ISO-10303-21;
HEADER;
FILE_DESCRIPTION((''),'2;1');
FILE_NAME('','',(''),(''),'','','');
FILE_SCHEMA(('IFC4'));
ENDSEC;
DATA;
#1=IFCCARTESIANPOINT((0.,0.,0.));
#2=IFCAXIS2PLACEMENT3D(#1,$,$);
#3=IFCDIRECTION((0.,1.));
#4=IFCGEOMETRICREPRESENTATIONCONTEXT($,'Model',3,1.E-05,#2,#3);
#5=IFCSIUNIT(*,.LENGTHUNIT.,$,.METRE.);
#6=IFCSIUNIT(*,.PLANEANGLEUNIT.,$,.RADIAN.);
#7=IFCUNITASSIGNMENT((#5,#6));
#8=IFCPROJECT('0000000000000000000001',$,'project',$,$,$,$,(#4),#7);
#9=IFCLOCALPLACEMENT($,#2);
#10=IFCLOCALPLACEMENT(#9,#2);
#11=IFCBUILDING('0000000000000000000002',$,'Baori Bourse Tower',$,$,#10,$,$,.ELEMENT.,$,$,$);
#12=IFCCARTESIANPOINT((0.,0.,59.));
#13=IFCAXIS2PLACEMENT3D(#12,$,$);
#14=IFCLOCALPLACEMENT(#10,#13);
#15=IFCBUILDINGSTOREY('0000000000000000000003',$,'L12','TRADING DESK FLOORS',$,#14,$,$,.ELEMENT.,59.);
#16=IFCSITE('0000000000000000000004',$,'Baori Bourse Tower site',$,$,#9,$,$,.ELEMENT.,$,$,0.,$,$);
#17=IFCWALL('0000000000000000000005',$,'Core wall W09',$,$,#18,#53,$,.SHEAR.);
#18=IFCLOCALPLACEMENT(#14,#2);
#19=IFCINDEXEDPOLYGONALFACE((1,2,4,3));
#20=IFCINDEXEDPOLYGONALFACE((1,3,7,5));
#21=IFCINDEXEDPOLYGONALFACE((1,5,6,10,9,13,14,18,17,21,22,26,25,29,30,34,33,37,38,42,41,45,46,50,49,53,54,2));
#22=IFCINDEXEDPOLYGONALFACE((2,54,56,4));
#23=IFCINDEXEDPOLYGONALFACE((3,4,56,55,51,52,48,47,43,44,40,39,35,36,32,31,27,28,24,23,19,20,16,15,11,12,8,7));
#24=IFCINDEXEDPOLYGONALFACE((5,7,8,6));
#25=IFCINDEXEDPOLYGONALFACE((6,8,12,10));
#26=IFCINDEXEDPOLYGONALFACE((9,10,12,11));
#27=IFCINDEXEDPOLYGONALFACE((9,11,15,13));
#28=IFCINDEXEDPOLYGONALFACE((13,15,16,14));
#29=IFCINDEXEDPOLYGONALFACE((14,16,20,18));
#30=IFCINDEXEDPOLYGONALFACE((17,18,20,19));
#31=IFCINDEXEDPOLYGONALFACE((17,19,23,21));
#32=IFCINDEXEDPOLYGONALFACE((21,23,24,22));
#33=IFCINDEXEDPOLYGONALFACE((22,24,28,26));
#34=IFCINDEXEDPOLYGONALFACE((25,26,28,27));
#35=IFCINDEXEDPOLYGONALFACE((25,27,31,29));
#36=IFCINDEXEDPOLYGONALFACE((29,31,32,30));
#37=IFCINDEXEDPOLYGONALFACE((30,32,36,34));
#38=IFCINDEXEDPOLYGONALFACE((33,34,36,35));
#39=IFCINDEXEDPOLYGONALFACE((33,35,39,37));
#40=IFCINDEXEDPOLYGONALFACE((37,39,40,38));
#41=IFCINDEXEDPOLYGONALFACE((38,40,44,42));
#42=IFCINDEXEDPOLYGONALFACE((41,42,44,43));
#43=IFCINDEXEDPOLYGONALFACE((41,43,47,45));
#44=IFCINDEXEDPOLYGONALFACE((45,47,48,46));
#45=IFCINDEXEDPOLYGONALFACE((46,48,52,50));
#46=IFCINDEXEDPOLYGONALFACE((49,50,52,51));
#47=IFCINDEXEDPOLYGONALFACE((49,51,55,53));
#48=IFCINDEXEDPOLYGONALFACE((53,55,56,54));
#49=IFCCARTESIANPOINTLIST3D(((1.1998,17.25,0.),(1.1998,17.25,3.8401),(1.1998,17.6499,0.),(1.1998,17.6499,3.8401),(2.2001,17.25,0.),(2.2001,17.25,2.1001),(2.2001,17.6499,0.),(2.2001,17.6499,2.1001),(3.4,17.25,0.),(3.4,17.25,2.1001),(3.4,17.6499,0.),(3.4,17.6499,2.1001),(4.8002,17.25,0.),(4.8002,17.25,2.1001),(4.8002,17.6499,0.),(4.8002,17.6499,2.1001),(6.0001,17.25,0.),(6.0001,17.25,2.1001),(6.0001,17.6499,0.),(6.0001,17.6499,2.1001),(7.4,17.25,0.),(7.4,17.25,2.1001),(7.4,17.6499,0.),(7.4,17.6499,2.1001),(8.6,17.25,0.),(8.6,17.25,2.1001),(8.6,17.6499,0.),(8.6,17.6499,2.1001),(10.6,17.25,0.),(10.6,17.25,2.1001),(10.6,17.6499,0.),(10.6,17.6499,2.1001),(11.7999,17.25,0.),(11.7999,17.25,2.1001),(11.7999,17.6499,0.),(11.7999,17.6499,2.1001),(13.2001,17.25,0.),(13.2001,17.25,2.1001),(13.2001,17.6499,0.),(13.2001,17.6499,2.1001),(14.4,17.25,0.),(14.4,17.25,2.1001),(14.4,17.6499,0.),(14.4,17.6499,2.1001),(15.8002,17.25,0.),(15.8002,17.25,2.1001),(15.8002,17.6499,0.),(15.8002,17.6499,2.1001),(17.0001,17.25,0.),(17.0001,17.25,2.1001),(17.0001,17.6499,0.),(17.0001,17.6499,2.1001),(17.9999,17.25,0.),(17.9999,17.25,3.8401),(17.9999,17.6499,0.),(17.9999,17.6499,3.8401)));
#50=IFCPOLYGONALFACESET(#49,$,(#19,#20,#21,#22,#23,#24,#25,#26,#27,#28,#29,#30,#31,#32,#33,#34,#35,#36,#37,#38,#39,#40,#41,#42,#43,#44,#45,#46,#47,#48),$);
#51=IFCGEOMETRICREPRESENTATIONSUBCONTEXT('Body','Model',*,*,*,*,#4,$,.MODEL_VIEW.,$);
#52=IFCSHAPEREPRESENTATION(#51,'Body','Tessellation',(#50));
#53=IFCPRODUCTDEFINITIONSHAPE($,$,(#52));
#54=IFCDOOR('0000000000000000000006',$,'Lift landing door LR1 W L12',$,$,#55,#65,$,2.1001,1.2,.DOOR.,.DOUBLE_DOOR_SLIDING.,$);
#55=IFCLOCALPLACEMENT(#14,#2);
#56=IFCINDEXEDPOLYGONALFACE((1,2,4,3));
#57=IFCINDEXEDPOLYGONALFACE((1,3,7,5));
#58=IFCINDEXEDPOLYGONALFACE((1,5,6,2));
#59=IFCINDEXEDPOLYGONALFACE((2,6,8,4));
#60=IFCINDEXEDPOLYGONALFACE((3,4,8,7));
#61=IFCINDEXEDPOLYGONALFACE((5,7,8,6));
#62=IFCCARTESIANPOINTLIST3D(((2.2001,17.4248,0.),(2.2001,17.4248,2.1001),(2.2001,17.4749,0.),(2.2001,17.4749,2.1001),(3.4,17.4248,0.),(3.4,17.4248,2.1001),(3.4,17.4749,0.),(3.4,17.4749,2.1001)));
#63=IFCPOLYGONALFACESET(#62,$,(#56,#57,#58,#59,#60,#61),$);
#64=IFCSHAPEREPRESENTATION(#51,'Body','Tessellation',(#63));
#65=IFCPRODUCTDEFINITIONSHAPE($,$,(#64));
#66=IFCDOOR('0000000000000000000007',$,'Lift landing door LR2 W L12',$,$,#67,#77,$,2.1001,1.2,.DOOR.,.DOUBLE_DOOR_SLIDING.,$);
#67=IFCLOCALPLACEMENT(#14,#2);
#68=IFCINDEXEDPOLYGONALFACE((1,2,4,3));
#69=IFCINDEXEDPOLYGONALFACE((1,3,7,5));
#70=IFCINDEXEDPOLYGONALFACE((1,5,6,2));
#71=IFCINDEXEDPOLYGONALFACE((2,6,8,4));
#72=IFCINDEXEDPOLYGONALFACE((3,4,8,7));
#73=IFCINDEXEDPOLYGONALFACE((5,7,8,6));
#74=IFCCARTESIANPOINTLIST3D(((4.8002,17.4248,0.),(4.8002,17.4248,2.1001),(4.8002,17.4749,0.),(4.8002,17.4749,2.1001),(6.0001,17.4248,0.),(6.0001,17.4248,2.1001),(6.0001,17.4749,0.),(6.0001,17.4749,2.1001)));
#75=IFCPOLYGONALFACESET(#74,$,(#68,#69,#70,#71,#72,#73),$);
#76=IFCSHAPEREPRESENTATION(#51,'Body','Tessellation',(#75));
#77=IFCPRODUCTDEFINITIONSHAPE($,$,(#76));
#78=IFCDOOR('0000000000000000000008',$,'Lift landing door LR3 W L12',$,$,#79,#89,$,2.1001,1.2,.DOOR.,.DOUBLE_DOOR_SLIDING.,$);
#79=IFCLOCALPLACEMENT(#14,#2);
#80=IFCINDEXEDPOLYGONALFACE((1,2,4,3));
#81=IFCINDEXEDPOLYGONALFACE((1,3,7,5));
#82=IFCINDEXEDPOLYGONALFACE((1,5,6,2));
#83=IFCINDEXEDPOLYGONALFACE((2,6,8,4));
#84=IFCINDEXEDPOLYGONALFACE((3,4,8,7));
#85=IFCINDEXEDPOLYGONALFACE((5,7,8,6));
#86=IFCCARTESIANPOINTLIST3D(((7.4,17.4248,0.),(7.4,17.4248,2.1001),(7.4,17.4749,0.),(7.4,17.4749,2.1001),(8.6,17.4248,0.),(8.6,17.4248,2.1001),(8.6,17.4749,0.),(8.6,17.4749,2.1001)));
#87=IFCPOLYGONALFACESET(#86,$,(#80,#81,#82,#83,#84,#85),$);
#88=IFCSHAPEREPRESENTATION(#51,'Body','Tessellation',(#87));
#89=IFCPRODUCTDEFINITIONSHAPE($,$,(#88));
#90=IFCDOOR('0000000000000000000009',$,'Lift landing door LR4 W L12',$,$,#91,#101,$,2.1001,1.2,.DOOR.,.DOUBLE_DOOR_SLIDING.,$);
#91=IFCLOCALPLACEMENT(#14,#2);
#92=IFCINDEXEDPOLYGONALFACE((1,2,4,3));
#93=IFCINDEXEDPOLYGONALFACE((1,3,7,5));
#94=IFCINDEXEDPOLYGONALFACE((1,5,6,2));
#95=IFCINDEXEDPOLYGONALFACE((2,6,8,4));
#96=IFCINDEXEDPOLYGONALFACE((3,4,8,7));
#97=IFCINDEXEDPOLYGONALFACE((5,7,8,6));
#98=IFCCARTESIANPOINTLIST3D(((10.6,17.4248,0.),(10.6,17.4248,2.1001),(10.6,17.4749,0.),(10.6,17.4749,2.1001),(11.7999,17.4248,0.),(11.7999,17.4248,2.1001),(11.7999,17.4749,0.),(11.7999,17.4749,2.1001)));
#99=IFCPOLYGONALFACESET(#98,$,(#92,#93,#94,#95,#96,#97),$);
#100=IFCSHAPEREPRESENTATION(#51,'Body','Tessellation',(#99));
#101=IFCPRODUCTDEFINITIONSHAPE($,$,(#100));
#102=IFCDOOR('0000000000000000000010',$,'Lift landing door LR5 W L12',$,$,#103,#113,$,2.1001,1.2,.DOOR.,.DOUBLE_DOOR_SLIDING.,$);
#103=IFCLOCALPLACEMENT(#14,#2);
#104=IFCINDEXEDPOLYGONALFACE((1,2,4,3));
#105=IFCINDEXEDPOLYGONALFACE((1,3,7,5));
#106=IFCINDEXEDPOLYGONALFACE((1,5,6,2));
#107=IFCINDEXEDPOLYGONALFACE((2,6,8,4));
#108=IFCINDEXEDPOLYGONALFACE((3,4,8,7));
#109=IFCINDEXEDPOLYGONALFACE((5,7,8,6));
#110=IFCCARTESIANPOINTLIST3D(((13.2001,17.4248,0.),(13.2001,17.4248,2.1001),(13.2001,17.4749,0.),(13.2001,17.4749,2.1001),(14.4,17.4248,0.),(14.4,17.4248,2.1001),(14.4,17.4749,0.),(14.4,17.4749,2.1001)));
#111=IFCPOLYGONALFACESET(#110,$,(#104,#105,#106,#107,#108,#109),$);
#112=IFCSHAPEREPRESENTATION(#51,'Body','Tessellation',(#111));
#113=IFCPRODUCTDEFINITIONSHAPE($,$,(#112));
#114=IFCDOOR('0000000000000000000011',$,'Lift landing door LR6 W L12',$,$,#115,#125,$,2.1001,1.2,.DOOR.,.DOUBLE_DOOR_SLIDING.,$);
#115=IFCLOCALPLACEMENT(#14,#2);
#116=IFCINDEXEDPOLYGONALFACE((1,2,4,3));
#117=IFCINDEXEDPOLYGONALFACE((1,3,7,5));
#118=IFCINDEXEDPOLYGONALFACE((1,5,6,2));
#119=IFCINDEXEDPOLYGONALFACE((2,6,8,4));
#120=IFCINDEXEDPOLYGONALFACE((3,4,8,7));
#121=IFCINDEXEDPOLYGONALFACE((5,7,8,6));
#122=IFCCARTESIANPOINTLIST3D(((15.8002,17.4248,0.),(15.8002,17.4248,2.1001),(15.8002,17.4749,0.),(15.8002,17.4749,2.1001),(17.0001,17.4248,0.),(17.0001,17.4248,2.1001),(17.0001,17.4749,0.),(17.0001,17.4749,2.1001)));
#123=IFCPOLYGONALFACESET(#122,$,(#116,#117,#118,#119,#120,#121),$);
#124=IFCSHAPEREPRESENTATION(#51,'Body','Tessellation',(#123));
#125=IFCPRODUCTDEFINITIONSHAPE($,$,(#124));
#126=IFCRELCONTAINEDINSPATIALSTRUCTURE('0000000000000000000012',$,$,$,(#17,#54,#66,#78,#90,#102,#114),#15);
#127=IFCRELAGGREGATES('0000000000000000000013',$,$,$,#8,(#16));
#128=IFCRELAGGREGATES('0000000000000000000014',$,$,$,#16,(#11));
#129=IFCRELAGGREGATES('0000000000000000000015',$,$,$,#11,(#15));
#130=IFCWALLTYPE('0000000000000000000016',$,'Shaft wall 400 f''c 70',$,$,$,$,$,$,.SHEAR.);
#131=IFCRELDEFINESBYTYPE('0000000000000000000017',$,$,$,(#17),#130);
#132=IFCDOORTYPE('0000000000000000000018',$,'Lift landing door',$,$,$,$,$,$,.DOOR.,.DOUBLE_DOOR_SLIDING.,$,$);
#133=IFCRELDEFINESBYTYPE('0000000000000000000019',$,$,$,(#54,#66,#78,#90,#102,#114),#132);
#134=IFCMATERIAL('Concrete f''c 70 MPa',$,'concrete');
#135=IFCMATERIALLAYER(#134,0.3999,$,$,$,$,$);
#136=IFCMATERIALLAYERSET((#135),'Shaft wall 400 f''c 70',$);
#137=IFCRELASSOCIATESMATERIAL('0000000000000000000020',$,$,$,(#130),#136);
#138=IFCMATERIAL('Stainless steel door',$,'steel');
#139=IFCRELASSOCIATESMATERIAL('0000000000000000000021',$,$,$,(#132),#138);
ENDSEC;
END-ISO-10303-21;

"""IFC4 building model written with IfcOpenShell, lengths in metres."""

from ifc_helpers import new_model, si_unit, direction, frame, frame_2d, origin, place, context, subcontext, project, spatial, rectangle, extrude, material, layer, layer_set, type_object, element, fill, save


model = new_model("IFC4")

# Units and contexts
model_context = context("Model", 3, precision=1e-05, world=origin(), true_north=direction((0.0, 1.0)))
body_context = subcontext(model_context, "Body", "Model", "MODEL_VIEW")
ifc_project = project(units=[si_unit("LENGTHUNIT", "METRE"), si_unit("PLANEANGLEUNIT", "RADIAN")], contexts=[model_context])

# Site, building, storey
site_placement = place(None, origin())
site = spatial("IfcSite", under=ifc_project, at=site_placement, Name="Baori Bourse Tower site", CompositionType="ELEMENT", RefElevation=0.0)
building_placement = place(site_placement, origin())
building = spatial("IfcBuilding", under=site, at=building_placement, Name="Baori Bourse Tower", CompositionType="ELEMENT")
storey_placement = place(building_placement, frame((0.0, 0.0, 59.0)))
storey = spatial("IfcBuildingStorey", under=building, at=storey_placement, Name="L12", Description="TRADING DESK FLOORS", CompositionType="ELEMENT", Elevation=59.0)

# Shared definitions
ifc_material_1 = material(Name="Concrete f'c 70 MPa", Category="concrete")
ifc_layer_1 = layer(ifc_material_1, 0.3999)
ifc_layer_set_1 = layer_set([ifc_layer_1], Name="Shaft wall 400 f'c 70")
wall_type_1 = type_object("IfcWallType", Name="Shaft wall 400 f'c 70", PredefinedType="SHEAR", material=ifc_layer_set_1)

# Wall, openings, doors
wall_1_placement = place(storey_placement, frame((1.2, 17.45, 0.0), z_axis=(0.0, 0.0, 1.0), x_axis=(1.0, 0.0, 0.0)))
wall_1 = element("IfcWall", 1, at=wall_1_placement, inside=storey, type_object=wall_type_1, Name="Core wall W09", PredefinedType="SHEAR", context=body_context, shape_type="SweptSolid", body=[
    extrude(rectangle(XDim=16.8, YDim=0.3999, at=frame_2d((8.3999, 0.0))), origin(), (0.0, 0.0, 1.0), 3.8401),
])
opening_1_placement = place(wall_1_placement, frame((1.0, 0.0, 0.0)))
opening_1 = element("IfcOpeningElement", 2, at=opening_1_placement, cuts=wall_1, PredefinedType="OPENING", context=body_context, shape_type="SweptSolid", body=[
    extrude(rectangle(XDim=1.2, YDim=2.1001, at=frame_2d((0.6001, 1.05))), frame((0.0, 0.21, 0.0), z_axis=(0.0, -1.0, 0.0), x_axis=(1.0, 0.0, 0.0)), (0.0, 0.0, 1.0), 0.4199),
])
opening_2_placement = place(wall_1_placement, frame((3.6001, 0.0, 0.0)))
opening_2 = element("IfcOpeningElement", 3, at=opening_2_placement, cuts=wall_1, PredefinedType="OPENING", context=body_context, shape_type="SweptSolid", body=[
    extrude(rectangle(XDim=1.2, YDim=2.1001, at=frame_2d((0.6001, 1.05))), frame((0.0, 0.21, 0.0), z_axis=(0.0, -1.0, 0.0), x_axis=(1.0, 0.0, 0.0)), (0.0, 0.0, 1.0), 0.4199),
])
opening_3_placement = place(wall_1_placement, frame((6.2, 0.0, 0.0)))
opening_3 = element("IfcOpeningElement", 4, at=opening_3_placement, cuts=wall_1, PredefinedType="OPENING", context=body_context, shape_type="SweptSolid", body=[
    extrude(rectangle(XDim=1.2, YDim=2.1001, at=frame_2d((0.6001, 1.05))), frame((0.0, 0.21, 0.0), z_axis=(0.0, -1.0, 0.0), x_axis=(1.0, 0.0, 0.0)), (0.0, 0.0, 1.0), 0.4199),
])
opening_4_placement = place(wall_1_placement, frame((9.3999, 0.0, 0.0)))
opening_4 = element("IfcOpeningElement", 5, at=opening_4_placement, cuts=wall_1, PredefinedType="OPENING", context=body_context, shape_type="SweptSolid", body=[
    extrude(rectangle(XDim=1.2, YDim=2.1001, at=frame_2d((0.6001, 1.05))), frame((0.0, 0.21, 0.0), z_axis=(0.0, -1.0, 0.0), x_axis=(1.0, 0.0, 0.0)), (0.0, 0.0, 1.0), 0.4199),
])
opening_5_placement = place(wall_1_placement, frame((12.0, 0.0, 0.0)))
opening_5 = element("IfcOpeningElement", 6, at=opening_5_placement, cuts=wall_1, PredefinedType="OPENING", context=body_context, shape_type="SweptSolid", body=[
    extrude(rectangle(XDim=1.2, YDim=2.1001, at=frame_2d((0.6001, 1.05))), frame((0.0, 0.21, 0.0), z_axis=(0.0, -1.0, 0.0), x_axis=(1.0, 0.0, 0.0)), (0.0, 0.0, 1.0), 0.4199),
])
opening_6_placement = place(wall_1_placement, frame((14.6001, 0.0, 0.0)))
opening_6 = element("IfcOpeningElement", 7, at=opening_6_placement, cuts=wall_1, PredefinedType="OPENING", context=body_context, shape_type="SweptSolid", body=[
    extrude(rectangle(XDim=1.2, YDim=2.1001, at=frame_2d((0.6001, 1.05))), frame((0.0, 0.21, 0.0), z_axis=(0.0, -1.0, 0.0), x_axis=(1.0, 0.0, 0.0)), (0.0, 0.0, 1.0), 0.4199),
])
ifc_material_2 = material(Name="Stainless steel door", Category="steel")
door_type_1 = type_object("IfcDoorType", Name="Lift landing door", OperationType="DOUBLE_DOOR_SLIDING", PredefinedType="DOOR", material=ifc_material_2)
door_1_placement = place(opening_1_placement, origin())
door_1 = element("IfcDoor", 8, at=door_1_placement, inside=storey, type_object=door_type_1, Name="Lift landing door LR1 W L12", OperationType="DOUBLE_DOOR_SLIDING", OverallHeight=2.1001, OverallWidth=1.2, PredefinedType="DOOR", context=body_context, shape_type="SweptSolid", body=[
    extrude(rectangle(XDim=1.2, YDim=2.1001, at=frame_2d((0.6001, 1.05))), frame((0.0, 0.0249, 0.0), z_axis=(0.0, -1.0, 0.0), x_axis=(1.0, 0.0, 0.0)), (0.0, 0.0, 1.0), 0.05),
])
fill(opening_1, door_1)
door_2_placement = place(opening_2_placement, origin())
door_2 = element("IfcDoor", 9, at=door_2_placement, inside=storey, type_object=door_type_1, Name="Lift landing door LR2 W L12", OperationType="DOUBLE_DOOR_SLIDING", OverallHeight=2.1001, OverallWidth=1.2, PredefinedType="DOOR", context=body_context, shape_type="SweptSolid", body=[
    extrude(rectangle(XDim=1.2, YDim=2.1001, at=frame_2d((0.6001, 1.05))), frame((0.0, 0.0249, 0.0), z_axis=(0.0, -1.0, 0.0), x_axis=(1.0, 0.0, 0.0)), (0.0, 0.0, 1.0), 0.05),
])
fill(opening_2, door_2)
door_3_placement = place(opening_3_placement, origin())
door_3 = element("IfcDoor", 10, at=door_3_placement, inside=storey, type_object=door_type_1, Name="Lift landing door LR3 W L12", OperationType="DOUBLE_DOOR_SLIDING", OverallHeight=2.1001, OverallWidth=1.2, PredefinedType="DOOR", context=body_context, shape_type="SweptSolid", body=[
    extrude(rectangle(XDim=1.2, YDim=2.1001, at=frame_2d((0.6001, 1.05))), frame((0.0, 0.0249, 0.0), z_axis=(0.0, -1.0, 0.0), x_axis=(1.0, 0.0, 0.0)), (0.0, 0.0, 1.0), 0.05),
])
fill(opening_3, door_3)
door_4_placement = place(opening_4_placement, origin())
door_4 = element("IfcDoor", 11, at=door_4_placement, inside=storey, type_object=door_type_1, Name="Lift landing door LR4 W L12", OperationType="DOUBLE_DOOR_SLIDING", OverallHeight=2.1001, OverallWidth=1.2, PredefinedType="DOOR", context=body_context, shape_type="SweptSolid", body=[
    extrude(rectangle(XDim=1.2, YDim=2.1001, at=frame_2d((0.6001, 1.05))), frame((0.0, 0.0249, 0.0), z_axis=(0.0, -1.0, 0.0), x_axis=(1.0, 0.0, 0.0)), (0.0, 0.0, 1.0), 0.05),
])
fill(opening_4, door_4)
door_5_placement = place(opening_5_placement, origin())
door_5 = element("IfcDoor", 12, at=door_5_placement, inside=storey, type_object=door_type_1, Name="Lift landing door LR5 W L12", OperationType="DOUBLE_DOOR_SLIDING", OverallHeight=2.1001, OverallWidth=1.2, PredefinedType="DOOR", context=body_context, shape_type="SweptSolid", body=[
    extrude(rectangle(XDim=1.2, YDim=2.1001, at=frame_2d((0.6001, 1.05))), frame((0.0, 0.0249, 0.0), z_axis=(0.0, -1.0, 0.0), x_axis=(1.0, 0.0, 0.0)), (0.0, 0.0, 1.0), 0.05),
])
fill(opening_5, door_5)
door_6_placement = place(opening_6_placement, origin())
door_6 = element("IfcDoor", 13, at=door_6_placement, inside=storey, type_object=door_type_1, Name="Lift landing door LR6 W L12", OperationType="DOUBLE_DOOR_SLIDING", OverallHeight=2.1001, OverallWidth=1.2, PredefinedType="DOOR", context=body_context, shape_type="SweptSolid", body=[
    extrude(rectangle(XDim=1.2, YDim=2.1001, at=frame_2d((0.6001, 1.05))), frame((0.0, 0.0249, 0.0), z_axis=(0.0, -1.0, 0.0), x_axis=(1.0, 0.0, 0.0)), (0.0, 0.0, 1.0), 0.05),
])
fill(opening_6, door_6)

save(model, "model.ifc")
